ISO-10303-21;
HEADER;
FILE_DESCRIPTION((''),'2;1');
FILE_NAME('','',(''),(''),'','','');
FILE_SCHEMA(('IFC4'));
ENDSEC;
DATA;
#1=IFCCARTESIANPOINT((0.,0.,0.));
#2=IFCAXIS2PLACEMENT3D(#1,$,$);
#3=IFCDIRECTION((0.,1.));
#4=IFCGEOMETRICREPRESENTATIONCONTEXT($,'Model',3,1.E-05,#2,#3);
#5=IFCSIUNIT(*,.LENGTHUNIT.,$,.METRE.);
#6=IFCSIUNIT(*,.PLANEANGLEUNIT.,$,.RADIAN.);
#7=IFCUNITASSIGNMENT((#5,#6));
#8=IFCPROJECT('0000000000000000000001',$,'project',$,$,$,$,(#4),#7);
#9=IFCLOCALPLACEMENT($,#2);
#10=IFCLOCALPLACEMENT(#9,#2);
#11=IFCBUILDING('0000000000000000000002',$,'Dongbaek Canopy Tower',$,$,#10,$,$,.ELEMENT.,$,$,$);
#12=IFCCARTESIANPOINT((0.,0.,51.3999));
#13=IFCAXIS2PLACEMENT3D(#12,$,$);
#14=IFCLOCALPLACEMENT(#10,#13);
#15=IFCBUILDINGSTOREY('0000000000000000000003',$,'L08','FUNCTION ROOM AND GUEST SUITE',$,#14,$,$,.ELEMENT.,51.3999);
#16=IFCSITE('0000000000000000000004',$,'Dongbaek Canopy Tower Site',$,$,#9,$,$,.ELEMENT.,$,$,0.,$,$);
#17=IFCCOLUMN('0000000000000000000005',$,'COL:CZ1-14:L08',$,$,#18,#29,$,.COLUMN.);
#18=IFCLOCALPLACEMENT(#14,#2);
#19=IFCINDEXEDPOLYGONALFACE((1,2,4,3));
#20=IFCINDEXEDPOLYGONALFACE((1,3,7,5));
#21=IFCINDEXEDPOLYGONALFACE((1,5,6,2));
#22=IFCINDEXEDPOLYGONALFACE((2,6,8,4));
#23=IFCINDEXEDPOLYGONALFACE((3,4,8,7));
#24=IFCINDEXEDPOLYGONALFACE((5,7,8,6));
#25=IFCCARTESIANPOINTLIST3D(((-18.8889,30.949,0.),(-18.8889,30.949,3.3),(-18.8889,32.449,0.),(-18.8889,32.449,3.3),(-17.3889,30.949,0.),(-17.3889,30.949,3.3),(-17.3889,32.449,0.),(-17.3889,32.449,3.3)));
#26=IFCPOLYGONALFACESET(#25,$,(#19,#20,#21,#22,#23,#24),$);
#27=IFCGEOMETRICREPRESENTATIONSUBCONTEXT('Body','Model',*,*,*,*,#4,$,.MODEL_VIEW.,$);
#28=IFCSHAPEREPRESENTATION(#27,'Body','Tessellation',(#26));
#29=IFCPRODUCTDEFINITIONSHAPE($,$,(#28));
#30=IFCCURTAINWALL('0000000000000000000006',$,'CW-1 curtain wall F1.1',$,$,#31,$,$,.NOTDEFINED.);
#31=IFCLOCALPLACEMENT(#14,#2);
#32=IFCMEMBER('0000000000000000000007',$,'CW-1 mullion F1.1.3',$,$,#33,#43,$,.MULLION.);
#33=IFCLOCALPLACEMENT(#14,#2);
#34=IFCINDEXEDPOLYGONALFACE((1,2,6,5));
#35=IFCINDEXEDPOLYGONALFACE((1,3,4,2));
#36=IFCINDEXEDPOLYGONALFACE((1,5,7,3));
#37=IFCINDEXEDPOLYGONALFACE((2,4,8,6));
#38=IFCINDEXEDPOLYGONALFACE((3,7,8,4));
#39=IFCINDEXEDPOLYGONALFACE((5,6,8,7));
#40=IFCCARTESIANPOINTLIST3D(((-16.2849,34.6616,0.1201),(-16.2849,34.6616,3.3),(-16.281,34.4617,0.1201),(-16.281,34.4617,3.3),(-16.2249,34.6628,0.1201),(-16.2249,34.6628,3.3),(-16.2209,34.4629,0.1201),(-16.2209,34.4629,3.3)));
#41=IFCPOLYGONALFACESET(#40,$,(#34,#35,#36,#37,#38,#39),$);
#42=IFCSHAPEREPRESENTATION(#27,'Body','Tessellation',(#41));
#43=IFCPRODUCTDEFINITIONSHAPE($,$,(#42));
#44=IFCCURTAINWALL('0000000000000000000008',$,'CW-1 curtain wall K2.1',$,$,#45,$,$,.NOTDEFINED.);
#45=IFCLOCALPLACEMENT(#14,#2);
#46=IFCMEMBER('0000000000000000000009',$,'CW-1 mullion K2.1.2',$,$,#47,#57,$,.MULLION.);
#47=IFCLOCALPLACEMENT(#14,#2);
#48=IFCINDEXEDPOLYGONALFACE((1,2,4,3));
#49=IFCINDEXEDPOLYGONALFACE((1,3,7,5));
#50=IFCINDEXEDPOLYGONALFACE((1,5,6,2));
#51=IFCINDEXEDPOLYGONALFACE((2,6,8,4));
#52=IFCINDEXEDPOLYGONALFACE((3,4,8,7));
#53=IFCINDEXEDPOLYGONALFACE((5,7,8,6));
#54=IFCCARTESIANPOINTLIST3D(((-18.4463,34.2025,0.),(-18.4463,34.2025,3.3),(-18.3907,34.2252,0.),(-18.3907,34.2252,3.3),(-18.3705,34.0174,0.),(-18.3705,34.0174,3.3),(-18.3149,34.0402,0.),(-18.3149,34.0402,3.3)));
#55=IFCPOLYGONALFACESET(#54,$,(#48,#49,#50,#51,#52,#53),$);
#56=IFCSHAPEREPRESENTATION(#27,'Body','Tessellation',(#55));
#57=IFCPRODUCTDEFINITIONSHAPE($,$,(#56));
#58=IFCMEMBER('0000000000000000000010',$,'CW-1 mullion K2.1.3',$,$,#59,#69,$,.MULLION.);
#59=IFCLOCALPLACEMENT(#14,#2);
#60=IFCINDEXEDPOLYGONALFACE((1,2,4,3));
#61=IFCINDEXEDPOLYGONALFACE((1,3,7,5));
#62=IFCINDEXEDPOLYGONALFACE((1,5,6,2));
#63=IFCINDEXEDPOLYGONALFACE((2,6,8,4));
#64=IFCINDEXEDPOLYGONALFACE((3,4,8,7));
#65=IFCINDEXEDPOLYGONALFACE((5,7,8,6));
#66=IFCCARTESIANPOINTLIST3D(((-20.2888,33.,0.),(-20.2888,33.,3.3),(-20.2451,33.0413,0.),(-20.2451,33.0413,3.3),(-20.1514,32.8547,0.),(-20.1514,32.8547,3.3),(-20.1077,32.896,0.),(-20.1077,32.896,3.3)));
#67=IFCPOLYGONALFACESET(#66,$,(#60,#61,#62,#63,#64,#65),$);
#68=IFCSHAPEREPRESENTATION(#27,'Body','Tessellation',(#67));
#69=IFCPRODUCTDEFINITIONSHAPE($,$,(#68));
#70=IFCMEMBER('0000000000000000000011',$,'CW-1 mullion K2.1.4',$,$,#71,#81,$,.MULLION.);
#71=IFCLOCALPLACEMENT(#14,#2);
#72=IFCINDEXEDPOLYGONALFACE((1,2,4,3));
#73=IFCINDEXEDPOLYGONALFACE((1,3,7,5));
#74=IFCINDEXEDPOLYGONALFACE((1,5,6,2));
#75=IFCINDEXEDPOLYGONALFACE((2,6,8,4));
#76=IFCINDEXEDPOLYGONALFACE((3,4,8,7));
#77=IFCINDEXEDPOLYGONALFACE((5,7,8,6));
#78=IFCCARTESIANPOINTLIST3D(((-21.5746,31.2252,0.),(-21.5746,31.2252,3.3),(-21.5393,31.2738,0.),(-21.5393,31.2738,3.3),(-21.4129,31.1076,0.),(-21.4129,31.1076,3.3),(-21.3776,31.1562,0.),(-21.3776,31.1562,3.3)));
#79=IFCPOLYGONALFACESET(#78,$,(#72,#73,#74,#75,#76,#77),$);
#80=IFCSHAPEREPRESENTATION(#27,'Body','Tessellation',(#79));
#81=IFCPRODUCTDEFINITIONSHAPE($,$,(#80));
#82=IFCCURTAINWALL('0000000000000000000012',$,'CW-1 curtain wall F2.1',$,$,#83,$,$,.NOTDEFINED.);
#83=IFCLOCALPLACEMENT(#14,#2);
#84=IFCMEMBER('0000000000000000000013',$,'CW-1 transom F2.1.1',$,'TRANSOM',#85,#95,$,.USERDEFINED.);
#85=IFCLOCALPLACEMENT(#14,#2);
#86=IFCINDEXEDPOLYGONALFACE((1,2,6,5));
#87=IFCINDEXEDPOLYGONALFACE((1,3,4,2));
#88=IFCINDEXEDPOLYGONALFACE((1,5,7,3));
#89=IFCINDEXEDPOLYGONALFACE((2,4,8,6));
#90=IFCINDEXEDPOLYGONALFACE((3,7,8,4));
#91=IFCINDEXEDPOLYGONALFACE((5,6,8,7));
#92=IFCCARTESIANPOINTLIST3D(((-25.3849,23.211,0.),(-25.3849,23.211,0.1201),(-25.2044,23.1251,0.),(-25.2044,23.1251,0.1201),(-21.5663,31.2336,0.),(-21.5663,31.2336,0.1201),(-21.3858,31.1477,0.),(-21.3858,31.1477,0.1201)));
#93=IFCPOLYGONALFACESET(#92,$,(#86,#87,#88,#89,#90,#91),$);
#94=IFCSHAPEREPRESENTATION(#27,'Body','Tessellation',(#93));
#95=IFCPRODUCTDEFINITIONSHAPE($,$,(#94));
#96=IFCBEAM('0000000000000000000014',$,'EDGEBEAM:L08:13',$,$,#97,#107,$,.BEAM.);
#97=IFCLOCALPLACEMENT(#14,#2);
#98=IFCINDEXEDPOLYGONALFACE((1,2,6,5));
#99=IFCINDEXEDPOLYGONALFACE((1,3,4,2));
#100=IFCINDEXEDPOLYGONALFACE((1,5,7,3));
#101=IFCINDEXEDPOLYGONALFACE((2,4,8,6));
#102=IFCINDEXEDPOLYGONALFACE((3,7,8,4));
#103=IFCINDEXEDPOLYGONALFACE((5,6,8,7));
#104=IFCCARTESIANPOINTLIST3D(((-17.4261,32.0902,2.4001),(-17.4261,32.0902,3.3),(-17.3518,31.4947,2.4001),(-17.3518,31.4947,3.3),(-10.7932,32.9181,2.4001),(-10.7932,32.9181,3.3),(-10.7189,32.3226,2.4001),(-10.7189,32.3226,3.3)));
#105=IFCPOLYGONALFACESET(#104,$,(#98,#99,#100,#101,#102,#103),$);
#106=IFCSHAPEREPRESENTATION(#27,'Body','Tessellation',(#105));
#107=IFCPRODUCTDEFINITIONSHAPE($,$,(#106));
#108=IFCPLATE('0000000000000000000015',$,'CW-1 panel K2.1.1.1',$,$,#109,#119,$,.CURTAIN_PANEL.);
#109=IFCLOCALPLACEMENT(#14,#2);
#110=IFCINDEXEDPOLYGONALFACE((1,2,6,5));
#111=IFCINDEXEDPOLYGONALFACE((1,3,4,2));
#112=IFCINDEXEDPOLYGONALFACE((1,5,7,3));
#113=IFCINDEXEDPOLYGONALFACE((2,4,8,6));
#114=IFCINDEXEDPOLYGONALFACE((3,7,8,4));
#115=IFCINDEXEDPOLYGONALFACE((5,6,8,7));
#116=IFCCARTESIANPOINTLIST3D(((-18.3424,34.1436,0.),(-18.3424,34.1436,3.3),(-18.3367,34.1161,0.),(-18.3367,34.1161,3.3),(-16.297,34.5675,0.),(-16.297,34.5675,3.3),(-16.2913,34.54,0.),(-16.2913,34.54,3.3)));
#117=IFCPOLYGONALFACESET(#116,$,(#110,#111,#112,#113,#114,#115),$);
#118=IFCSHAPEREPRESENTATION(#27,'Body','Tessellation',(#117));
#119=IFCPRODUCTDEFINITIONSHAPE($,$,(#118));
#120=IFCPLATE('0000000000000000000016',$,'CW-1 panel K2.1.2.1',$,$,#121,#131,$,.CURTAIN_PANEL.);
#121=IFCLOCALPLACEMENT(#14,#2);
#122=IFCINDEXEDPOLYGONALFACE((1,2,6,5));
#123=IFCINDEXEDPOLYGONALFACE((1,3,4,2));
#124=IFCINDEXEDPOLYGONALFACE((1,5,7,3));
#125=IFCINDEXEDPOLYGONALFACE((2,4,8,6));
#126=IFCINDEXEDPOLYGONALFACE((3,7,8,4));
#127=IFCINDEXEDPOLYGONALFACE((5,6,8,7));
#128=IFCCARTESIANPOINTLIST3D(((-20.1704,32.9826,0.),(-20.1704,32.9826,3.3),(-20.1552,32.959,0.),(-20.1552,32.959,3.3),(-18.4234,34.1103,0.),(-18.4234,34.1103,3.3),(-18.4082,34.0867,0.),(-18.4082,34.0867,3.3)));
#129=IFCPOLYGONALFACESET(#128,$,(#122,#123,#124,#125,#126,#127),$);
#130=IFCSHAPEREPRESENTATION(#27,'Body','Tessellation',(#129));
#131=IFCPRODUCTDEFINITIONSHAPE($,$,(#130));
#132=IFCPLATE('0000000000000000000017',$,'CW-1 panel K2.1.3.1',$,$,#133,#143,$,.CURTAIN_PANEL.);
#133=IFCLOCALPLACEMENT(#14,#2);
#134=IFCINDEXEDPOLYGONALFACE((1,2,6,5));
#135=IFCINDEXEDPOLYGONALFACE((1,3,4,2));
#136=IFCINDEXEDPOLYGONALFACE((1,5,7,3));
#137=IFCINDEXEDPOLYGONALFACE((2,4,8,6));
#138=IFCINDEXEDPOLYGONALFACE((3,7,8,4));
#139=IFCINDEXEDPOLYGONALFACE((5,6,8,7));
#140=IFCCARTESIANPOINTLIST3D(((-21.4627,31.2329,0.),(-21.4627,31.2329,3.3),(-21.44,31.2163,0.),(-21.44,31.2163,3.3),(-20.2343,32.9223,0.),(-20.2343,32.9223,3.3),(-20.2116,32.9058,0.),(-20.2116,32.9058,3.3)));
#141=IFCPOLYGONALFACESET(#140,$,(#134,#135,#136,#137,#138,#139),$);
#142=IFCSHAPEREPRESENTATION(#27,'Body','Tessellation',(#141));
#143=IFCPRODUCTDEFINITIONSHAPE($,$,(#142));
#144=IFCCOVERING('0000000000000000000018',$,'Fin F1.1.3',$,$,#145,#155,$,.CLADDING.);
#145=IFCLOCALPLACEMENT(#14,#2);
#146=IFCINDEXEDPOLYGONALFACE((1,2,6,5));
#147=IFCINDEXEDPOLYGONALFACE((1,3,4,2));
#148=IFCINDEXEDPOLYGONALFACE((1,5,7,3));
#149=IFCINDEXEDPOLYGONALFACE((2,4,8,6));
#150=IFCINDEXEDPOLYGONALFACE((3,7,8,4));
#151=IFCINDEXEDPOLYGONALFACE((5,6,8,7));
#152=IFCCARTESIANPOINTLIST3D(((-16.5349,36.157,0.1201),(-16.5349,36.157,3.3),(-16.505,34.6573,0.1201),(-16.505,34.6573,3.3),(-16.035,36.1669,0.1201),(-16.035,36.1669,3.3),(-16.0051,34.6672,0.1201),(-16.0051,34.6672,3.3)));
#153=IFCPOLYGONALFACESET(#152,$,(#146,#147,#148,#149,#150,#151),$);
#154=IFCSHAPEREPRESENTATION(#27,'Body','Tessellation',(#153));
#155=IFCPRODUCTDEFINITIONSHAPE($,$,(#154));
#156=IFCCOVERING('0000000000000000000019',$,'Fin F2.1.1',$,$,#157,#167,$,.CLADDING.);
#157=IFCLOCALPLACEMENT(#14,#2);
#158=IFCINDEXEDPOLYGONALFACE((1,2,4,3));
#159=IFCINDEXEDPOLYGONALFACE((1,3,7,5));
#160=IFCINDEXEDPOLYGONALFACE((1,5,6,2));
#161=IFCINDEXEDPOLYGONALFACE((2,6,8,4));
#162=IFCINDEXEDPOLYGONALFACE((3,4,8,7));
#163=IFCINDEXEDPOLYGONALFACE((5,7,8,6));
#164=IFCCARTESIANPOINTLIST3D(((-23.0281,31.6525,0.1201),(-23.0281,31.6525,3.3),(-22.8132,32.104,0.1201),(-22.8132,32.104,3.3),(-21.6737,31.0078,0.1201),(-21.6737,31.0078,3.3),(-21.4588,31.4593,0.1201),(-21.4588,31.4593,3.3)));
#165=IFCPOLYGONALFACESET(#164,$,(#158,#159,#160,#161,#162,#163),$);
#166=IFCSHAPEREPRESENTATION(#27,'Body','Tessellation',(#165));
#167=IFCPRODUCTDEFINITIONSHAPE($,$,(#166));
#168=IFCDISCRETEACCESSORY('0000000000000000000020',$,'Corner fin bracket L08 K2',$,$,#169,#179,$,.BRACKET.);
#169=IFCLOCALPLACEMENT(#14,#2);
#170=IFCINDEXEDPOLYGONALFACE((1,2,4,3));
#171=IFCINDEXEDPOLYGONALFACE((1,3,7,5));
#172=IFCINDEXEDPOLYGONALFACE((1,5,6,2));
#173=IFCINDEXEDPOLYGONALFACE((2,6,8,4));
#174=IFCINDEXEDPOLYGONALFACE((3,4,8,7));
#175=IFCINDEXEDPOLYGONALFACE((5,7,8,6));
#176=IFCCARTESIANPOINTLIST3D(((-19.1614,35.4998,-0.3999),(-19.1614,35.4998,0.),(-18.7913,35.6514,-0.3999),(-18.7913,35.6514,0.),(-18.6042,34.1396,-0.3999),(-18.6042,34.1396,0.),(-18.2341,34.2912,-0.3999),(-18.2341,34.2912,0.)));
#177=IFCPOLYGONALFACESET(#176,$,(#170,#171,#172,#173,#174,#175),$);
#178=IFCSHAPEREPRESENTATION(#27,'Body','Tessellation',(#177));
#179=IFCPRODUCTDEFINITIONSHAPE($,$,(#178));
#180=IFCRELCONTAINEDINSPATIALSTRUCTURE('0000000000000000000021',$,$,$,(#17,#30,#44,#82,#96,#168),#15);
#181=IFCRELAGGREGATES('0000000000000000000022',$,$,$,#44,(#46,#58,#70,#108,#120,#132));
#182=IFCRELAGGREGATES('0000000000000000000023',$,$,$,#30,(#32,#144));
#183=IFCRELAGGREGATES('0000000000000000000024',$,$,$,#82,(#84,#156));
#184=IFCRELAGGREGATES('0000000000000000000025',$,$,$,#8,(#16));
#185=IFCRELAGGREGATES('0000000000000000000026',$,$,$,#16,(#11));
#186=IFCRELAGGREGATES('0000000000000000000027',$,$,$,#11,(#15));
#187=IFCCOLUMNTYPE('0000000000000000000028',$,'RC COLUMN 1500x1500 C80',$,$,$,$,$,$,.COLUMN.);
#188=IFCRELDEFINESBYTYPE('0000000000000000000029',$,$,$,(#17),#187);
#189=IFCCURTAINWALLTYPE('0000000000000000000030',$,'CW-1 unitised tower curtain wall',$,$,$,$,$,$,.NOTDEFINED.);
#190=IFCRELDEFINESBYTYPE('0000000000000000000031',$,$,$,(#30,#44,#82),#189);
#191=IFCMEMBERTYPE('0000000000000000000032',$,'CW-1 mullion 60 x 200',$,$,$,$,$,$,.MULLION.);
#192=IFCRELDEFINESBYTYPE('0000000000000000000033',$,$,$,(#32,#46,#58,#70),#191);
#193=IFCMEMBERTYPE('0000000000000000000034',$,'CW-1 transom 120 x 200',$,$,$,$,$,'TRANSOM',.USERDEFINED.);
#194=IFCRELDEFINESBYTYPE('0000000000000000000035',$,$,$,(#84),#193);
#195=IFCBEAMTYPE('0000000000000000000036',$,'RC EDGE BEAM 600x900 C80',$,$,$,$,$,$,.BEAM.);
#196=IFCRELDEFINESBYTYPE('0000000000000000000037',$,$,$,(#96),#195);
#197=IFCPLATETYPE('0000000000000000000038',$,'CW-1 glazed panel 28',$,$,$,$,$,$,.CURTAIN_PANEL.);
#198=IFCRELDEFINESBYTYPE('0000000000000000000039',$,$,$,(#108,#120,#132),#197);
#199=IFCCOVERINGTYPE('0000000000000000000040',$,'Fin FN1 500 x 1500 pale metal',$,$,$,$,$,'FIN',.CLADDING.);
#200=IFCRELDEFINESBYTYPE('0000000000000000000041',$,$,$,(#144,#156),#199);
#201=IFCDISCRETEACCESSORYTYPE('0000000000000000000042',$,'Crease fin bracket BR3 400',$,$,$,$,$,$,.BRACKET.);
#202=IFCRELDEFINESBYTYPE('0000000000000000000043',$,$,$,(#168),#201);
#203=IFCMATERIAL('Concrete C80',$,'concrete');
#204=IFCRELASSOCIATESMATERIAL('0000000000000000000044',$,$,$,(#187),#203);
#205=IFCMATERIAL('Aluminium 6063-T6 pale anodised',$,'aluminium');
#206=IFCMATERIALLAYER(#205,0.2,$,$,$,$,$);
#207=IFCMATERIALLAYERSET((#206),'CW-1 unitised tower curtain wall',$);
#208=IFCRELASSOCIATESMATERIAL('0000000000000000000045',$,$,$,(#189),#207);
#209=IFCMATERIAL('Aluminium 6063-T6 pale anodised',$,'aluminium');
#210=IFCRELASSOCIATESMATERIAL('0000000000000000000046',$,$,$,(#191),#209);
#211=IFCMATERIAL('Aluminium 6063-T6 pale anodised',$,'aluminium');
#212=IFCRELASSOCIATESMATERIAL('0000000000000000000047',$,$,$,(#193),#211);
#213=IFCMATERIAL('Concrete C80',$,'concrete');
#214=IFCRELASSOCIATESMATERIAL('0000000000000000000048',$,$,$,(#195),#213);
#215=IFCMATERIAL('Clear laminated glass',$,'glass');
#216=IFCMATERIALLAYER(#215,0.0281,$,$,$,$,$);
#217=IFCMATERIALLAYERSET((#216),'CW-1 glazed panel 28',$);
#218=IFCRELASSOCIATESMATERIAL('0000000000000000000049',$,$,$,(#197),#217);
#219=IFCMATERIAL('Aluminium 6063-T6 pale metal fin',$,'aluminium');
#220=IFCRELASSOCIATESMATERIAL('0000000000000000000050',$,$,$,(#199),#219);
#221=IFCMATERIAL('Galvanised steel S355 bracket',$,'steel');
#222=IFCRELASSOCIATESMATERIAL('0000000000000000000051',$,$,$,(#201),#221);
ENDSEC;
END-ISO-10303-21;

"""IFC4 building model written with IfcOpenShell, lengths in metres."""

from ifc_helpers import new_model, si_unit, direction, frame, origin, origin_2d, place, context, subcontext, project, spatial, rectangle, extrude, material, layer, layer_set, material_profile, profile_set, type_object, element, aggregate, save


model = new_model("IFC4")

# Units and contexts
model_context = context("Model", 3, precision=1e-05, world=origin(), true_north=direction((0.0, 1.0)))
body_context = subcontext(model_context, "Body", "Model", "MODEL_VIEW")
ifc_project = project(units=[si_unit("LENGTHUNIT", "METRE"), si_unit("PLANEANGLEUNIT", "RADIAN")], contexts=[model_context])

# Site, building, storey
site_placement = place(None, origin())
site = spatial("IfcSite", under=ifc_project, at=site_placement, Name="Dongbaek Canopy Tower Site", CompositionType="ELEMENT", RefElevation=0.0)
building_placement = place(site_placement, origin())
building = spatial("IfcBuilding", under=site, at=building_placement, Name="Dongbaek Canopy Tower", CompositionType="ELEMENT")
storey_placement = place(building_placement, frame((0.0, 0.0, 51.3999)))
storey = spatial("IfcBuildingStorey", under=building, at=storey_placement, Name="L08", Description="FUNCTION ROOM AND GUEST SUITE", CompositionType="ELEMENT", Elevation=51.3999)

# Column
ifc_material_1 = material(Name="Concrete C80", Category="concrete")
ifc_material_profile_1 = material_profile(ifc_material_1, rectangle(XDim=1.5, YDim=1.5, at=origin_2d()), Name="RC COLUMN 1500x1500 C80")
ifc_profile_set_1 = profile_set([ifc_material_profile_1], Name="Concrete C80")
column_type = type_object("IfcColumnType", Name="RC COLUMN 1500x1500 C80", PredefinedType="COLUMN", material=ifc_profile_set_1)
column_placement = place(storey_placement, frame((-18.1389, 31.699, 0.0), z_axis=(0.0, 0.0, 1.0), x_axis=(1.0, 0.0, 0.0)))
element("IfcColumn", 1, at=column_placement, inside=storey, type_object=column_type, Name="COL:CZ1-14:L08", PredefinedType="COLUMN", context=body_context, shape_type="SweptSolid", body=[
    extrude(rectangle(XDim=1.5, YDim=1.5, at=origin_2d()), origin(), (0.0, 0.0, 1.0), 3.3),
])

# Curtain wall, member
ifc_material_2 = material(Name="Aluminium 6063-T6 pale anodised", Category="aluminium")
ifc_layer_1 = layer(ifc_material_2, 0.2)
ifc_layer_set_1 = layer_set([ifc_layer_1], Name="CW-1 unitised tower curtain wall")
curtain_wall_type = type_object("IfcCurtainWallType", Name="CW-1 unitised tower curtain wall", PredefinedType="NOTDEFINED", material=ifc_layer_set_1)
curtain_wall_1_placement = place(storey_placement, origin())
curtain_wall_1 = element("IfcCurtainWall", 2, at=curtain_wall_1_placement, inside=storey, type_object=curtain_wall_type, Name="CW-1 curtain wall F1.1", PredefinedType="NOTDEFINED")
ifc_material_3 = material(Name="Aluminium 6063-T6 pale anodised", Category="aluminium")
ifc_material_profile_2 = material_profile(ifc_material_3, rectangle(XDim=0.2, YDim=0.0601, at=origin_2d()), Name="CW-1 mullion 60 x 200")
ifc_profile_set_2 = profile_set([ifc_material_profile_2], Name="Aluminium 6063-T6 pale anodised")
member_type_1 = type_object("IfcMemberType", Name="CW-1 mullion 60 x 200", PredefinedType="MULLION", material=ifc_profile_set_2)
member_1_placement = place(storey_placement, frame((-16.2529, 34.5623, 0.1201), z_axis=(0.0, 0.0, 1.0), x_axis=(-0.019926, 0.999801, 0.0)))
member_1 = element("IfcMember", 3, at=member_1_placement, type_object=member_type_1, Name="CW-1 mullion F1.1.3", PredefinedType="MULLION", context=body_context, shape_type="SweptSolid", body=[
    extrude(rectangle(XDim=0.2, YDim=0.0601, at=origin_2d()), origin(), (0.0, 0.0, 1.0), 3.1799),
])

# Curtain wall, members
curtain_wall_2_placement = place(storey_placement, origin())
curtain_wall_2 = element("IfcCurtainWall", 4, at=curtain_wall_2_placement, inside=storey, type_object=curtain_wall_type, Name="CW-1 curtain wall K2.1", PredefinedType="NOTDEFINED")
member_2_placement = place(storey_placement, frame((-18.3806, 34.1213, 0.0), z_axis=(0.0, 0.0, 1.0), x_axis=(-0.379075, 0.925366, 0.0)))
member_2 = element("IfcMember", 5, at=member_2_placement, type_object=member_type_1, Name="CW-1 mullion K2.1.2", PredefinedType="MULLION", context=body_context, shape_type="SweptSolid", body=[
    extrude(rectangle(XDim=0.2, YDim=0.0601, at=origin_2d()), origin(), (0.0, 0.0, 1.0), 3.3),
])
member_3_placement = place(storey_placement, frame((-20.1982, 32.948, 0.0), z_axis=(0.0, 0.0, 1.0), x_axis=(-0.687228, 0.726442, 0.0)))
member_3 = element("IfcMember", 6, at=member_3_placement, type_object=member_type_1, Name="CW-1 mullion K2.1.3", PredefinedType="MULLION", context=body_context, shape_type="SweptSolid", body=[
    extrude(rectangle(XDim=0.2, YDim=0.0601, at=origin_2d()), origin(), (0.0, 0.0, 1.0), 3.3),
])
member_4_placement = place(storey_placement, frame((-21.4761, 31.1907, 0.0), z_axis=(0.0, 0.0, 1.0), x_axis=(-0.808796, 0.58809, 0.0)))
member_4 = element("IfcMember", 7, at=member_4_placement, type_object=member_type_1, Name="CW-1 mullion K2.1.4", PredefinedType="MULLION", context=body_context, shape_type="SweptSolid", body=[
    extrude(rectangle(XDim=0.2, YDim=0.0601, at=origin_2d()), origin(), (0.0, 0.0, 1.0), 3.3),
])

# Curtain wall, member
curtain_wall_3_placement = place(storey_placement, origin())
curtain_wall_3 = element("IfcCurtainWall", 8, at=curtain_wall_3_placement, inside=storey, type_object=curtain_wall_type, Name="CW-1 curtain wall F2.1", PredefinedType="NOTDEFINED")
ifc_material_4 = material(Name="Aluminium 6063-T6 pale anodised", Category="aluminium")
ifc_material_profile_3 = material_profile(ifc_material_4, rectangle(XDim=0.2, YDim=0.1201, at=origin_2d()), Name="CW-1 transom 120 x 200")
ifc_profile_set_3 = profile_set([ifc_material_profile_3], Name="Aluminium 6063-T6 pale anodised")
member_type_2 = type_object("IfcMemberType", Name="CW-1 transom 120 x 200", ElementType="TRANSOM", PredefinedType="USERDEFINED", material=ifc_profile_set_3)
member_5_placement = place(storey_placement, frame((-21.4761, 31.1907, 0.0601), z_axis=(-0.429775, -0.902936, 0.0), x_axis=(0.902936, -0.429775, 0.0)))
member_5 = element("IfcMember", 9, at=member_5_placement, type_object=member_type_2, Name="CW-1 transom F2.1.1", ObjectType="TRANSOM", PredefinedType="USERDEFINED", context=body_context, shape_type="SweptSolid", body=[
    extrude(rectangle(XDim=0.2, YDim=0.1201, at=origin_2d()), origin(), (0.0, 0.0, 1.0), 8.885),
])

# Beam
ifc_material_5 = material(Name="Concrete C80", Category="concrete")
ifc_material_profile_4 = material_profile(ifc_material_5, rectangle(XDim=0.6001, YDim=0.8999, at=origin_2d()), Name="RC EDGE BEAM 600x900 C80")
ifc_profile_set_4 = profile_set([ifc_material_profile_4], Name="Concrete C80")
beam_type = type_object("IfcBeamType", Name="RC EDGE BEAM 600x900 C80", PredefinedType="BEAM", material=ifc_profile_set_4)
beam_placement = place(storey_placement, frame((-17.3889, 31.7925, 2.8501), z_axis=(0.9923, 0.123855, 0.0), x_axis=(-0.123855, 0.9923, 0.0)))
element("IfcBeam", 10, at=beam_placement, inside=storey, type_object=beam_type, Name="EDGEBEAM:L08:13", PredefinedType="BEAM", context=body_context, shape_type="SweptSolid", body=[
    extrude(rectangle(XDim=0.6001, YDim=0.8999, at=origin_2d()), origin(), (0.0, 0.0, 1.0), 6.6843),
])

# Plates
ifc_material_6 = material(Name="Clear laminated glass", Category="glass")
ifc_layer_2 = layer(ifc_material_6, 0.0281)
ifc_layer_set_2 = layer_set([ifc_layer_2], Name="CW-1 glazed panel 28")
plate_type = type_object("IfcPlateType", Name="CW-1 glazed panel 28", PredefinedType="CURTAIN_PANEL", material=ifc_layer_set_2)
plate_1_placement = place(storey_placement, frame((-17.3169, 34.3418, 0.0), z_axis=(0.0, 0.0, 1.0), x_axis=(-0.979191, -0.202942, 0.0)))
plate_1 = element("IfcPlate", 11, at=plate_1_placement, type_object=plate_type, Name="CW-1 panel K2.1.1.1", PredefinedType="CURTAIN_PANEL", context=body_context, shape_type="SweptSolid", body=[
    extrude(rectangle(XDim=2.0889, YDim=0.0281, at=origin_2d()), origin(), (0.0, 0.0, 1.0), 3.3),
])
plate_2_placement = place(storey_placement, frame((-19.2893, 33.5347, 0.0), z_axis=(0.0, 0.0, 1.0), x_axis=(-0.840153, -0.54235, 0.0)))
plate_2 = element("IfcPlate", 12, at=plate_2_placement, type_object=plate_type, Name="CW-1 panel K2.1.2.1", PredefinedType="CURTAIN_PANEL", context=body_context, shape_type="SweptSolid", body=[
    extrude(rectangle(XDim=2.0793, YDim=0.0281, at=origin_2d()), origin(), (0.0, 0.0, 1.0), 3.3),
])
plate_3_placement = place(storey_placement, frame((-20.8372, 32.0693, 0.0), z_axis=(0.0, 0.0, 1.0), x_axis=(-0.58809, -0.808796, 0.0)))
plate_3 = element("IfcPlate", 13, at=plate_3_placement, type_object=plate_type, Name="CW-1 panel K2.1.3.1", PredefinedType="CURTAIN_PANEL", context=body_context, shape_type="SweptSolid", body=[
    extrude(rectangle(XDim=2.0889, YDim=0.0281, at=origin_2d()), origin(), (0.0, 0.0, 1.0), 3.3),
])
aggregate(curtain_wall_2, [member_2, member_3, member_4, plate_1, plate_2, plate_3])

# Coverings
ifc_material_7 = material(Name="Aluminium 6063-T6 pale metal fin", Category="aluminium")
ifc_material_profile_5 = material_profile(ifc_material_7, rectangle(XDim=1.5, YDim=0.5, at=origin_2d()), Name="Fin FN1 500 x 1500 pale metal")
ifc_profile_set_5 = profile_set([ifc_material_profile_5], Name="Aluminium 6063-T6 pale metal fin")
covering_type = type_object("IfcCoveringType", Name="Fin FN1 500 x 1500 pale metal", ElementType="FIN", PredefinedType="CLADDING", material=ifc_profile_set_5)
covering_1_placement = place(storey_placement, frame((-16.27, 35.4121, 0.1201), z_axis=(0.0, 0.0, 1.0), x_axis=(-0.019926, 0.999801, 0.0)))
covering_1 = element("IfcCovering", 14, at=covering_1_placement, type_object=covering_type, Name="Fin F1.1.3", PredefinedType="CLADDING", context=body_context, shape_type="SweptSolid", body=[
    extrude(rectangle(XDim=1.5, YDim=0.5, at=origin_2d()), origin(), (0.0, 0.0, 1.0), 3.1799),
])
aggregate(curtain_wall_1, [member_1, covering_1])
covering_2_placement = place(storey_placement, frame((-22.2434, 31.5559, 0.1201), z_axis=(0.0, 0.0, 1.0), x_axis=(-0.902929, 0.42979, 0.0)))
covering_2 = element("IfcCovering", 15, at=covering_2_placement, type_object=covering_type, Name="Fin F2.1.1", PredefinedType="CLADDING", context=body_context, shape_type="SweptSolid", body=[
    extrude(rectangle(XDim=1.5, YDim=0.5, at=origin_2d()), origin(), (0.0, 0.0, 1.0), 3.1799),
])
aggregate(curtain_wall_3, [member_5, covering_2])

# Discrete accessory
ifc_material_8 = material(Name="Galvanised steel S355 bracket", Category="steel")
discrete_accessory_type = type_object("IfcDiscreteAccessoryType", Name="Crease fin bracket BR3 400", PredefinedType="BRACKET", material=ifc_material_8)
discrete_accessory_placement = place(storey_placement, frame((-18.6978, 34.8955, -0.3999), z_axis=(0.0, 0.0, 1.0), x_axis=(-0.379075, 0.925366, 0.0)))
element("IfcDiscreteAccessory", 16, at=discrete_accessory_placement, inside=storey, type_object=discrete_accessory_type, Name="Corner fin bracket L08 K2", PredefinedType="BRACKET", context=body_context, shape_type="SweptSolid", body=[
    extrude(rectangle(XDim=1.47, YDim=0.3999, at=origin_2d()), origin(), (0.0, 0.0, 1.0), 0.3999),
])

save(model, "model.ifc")
